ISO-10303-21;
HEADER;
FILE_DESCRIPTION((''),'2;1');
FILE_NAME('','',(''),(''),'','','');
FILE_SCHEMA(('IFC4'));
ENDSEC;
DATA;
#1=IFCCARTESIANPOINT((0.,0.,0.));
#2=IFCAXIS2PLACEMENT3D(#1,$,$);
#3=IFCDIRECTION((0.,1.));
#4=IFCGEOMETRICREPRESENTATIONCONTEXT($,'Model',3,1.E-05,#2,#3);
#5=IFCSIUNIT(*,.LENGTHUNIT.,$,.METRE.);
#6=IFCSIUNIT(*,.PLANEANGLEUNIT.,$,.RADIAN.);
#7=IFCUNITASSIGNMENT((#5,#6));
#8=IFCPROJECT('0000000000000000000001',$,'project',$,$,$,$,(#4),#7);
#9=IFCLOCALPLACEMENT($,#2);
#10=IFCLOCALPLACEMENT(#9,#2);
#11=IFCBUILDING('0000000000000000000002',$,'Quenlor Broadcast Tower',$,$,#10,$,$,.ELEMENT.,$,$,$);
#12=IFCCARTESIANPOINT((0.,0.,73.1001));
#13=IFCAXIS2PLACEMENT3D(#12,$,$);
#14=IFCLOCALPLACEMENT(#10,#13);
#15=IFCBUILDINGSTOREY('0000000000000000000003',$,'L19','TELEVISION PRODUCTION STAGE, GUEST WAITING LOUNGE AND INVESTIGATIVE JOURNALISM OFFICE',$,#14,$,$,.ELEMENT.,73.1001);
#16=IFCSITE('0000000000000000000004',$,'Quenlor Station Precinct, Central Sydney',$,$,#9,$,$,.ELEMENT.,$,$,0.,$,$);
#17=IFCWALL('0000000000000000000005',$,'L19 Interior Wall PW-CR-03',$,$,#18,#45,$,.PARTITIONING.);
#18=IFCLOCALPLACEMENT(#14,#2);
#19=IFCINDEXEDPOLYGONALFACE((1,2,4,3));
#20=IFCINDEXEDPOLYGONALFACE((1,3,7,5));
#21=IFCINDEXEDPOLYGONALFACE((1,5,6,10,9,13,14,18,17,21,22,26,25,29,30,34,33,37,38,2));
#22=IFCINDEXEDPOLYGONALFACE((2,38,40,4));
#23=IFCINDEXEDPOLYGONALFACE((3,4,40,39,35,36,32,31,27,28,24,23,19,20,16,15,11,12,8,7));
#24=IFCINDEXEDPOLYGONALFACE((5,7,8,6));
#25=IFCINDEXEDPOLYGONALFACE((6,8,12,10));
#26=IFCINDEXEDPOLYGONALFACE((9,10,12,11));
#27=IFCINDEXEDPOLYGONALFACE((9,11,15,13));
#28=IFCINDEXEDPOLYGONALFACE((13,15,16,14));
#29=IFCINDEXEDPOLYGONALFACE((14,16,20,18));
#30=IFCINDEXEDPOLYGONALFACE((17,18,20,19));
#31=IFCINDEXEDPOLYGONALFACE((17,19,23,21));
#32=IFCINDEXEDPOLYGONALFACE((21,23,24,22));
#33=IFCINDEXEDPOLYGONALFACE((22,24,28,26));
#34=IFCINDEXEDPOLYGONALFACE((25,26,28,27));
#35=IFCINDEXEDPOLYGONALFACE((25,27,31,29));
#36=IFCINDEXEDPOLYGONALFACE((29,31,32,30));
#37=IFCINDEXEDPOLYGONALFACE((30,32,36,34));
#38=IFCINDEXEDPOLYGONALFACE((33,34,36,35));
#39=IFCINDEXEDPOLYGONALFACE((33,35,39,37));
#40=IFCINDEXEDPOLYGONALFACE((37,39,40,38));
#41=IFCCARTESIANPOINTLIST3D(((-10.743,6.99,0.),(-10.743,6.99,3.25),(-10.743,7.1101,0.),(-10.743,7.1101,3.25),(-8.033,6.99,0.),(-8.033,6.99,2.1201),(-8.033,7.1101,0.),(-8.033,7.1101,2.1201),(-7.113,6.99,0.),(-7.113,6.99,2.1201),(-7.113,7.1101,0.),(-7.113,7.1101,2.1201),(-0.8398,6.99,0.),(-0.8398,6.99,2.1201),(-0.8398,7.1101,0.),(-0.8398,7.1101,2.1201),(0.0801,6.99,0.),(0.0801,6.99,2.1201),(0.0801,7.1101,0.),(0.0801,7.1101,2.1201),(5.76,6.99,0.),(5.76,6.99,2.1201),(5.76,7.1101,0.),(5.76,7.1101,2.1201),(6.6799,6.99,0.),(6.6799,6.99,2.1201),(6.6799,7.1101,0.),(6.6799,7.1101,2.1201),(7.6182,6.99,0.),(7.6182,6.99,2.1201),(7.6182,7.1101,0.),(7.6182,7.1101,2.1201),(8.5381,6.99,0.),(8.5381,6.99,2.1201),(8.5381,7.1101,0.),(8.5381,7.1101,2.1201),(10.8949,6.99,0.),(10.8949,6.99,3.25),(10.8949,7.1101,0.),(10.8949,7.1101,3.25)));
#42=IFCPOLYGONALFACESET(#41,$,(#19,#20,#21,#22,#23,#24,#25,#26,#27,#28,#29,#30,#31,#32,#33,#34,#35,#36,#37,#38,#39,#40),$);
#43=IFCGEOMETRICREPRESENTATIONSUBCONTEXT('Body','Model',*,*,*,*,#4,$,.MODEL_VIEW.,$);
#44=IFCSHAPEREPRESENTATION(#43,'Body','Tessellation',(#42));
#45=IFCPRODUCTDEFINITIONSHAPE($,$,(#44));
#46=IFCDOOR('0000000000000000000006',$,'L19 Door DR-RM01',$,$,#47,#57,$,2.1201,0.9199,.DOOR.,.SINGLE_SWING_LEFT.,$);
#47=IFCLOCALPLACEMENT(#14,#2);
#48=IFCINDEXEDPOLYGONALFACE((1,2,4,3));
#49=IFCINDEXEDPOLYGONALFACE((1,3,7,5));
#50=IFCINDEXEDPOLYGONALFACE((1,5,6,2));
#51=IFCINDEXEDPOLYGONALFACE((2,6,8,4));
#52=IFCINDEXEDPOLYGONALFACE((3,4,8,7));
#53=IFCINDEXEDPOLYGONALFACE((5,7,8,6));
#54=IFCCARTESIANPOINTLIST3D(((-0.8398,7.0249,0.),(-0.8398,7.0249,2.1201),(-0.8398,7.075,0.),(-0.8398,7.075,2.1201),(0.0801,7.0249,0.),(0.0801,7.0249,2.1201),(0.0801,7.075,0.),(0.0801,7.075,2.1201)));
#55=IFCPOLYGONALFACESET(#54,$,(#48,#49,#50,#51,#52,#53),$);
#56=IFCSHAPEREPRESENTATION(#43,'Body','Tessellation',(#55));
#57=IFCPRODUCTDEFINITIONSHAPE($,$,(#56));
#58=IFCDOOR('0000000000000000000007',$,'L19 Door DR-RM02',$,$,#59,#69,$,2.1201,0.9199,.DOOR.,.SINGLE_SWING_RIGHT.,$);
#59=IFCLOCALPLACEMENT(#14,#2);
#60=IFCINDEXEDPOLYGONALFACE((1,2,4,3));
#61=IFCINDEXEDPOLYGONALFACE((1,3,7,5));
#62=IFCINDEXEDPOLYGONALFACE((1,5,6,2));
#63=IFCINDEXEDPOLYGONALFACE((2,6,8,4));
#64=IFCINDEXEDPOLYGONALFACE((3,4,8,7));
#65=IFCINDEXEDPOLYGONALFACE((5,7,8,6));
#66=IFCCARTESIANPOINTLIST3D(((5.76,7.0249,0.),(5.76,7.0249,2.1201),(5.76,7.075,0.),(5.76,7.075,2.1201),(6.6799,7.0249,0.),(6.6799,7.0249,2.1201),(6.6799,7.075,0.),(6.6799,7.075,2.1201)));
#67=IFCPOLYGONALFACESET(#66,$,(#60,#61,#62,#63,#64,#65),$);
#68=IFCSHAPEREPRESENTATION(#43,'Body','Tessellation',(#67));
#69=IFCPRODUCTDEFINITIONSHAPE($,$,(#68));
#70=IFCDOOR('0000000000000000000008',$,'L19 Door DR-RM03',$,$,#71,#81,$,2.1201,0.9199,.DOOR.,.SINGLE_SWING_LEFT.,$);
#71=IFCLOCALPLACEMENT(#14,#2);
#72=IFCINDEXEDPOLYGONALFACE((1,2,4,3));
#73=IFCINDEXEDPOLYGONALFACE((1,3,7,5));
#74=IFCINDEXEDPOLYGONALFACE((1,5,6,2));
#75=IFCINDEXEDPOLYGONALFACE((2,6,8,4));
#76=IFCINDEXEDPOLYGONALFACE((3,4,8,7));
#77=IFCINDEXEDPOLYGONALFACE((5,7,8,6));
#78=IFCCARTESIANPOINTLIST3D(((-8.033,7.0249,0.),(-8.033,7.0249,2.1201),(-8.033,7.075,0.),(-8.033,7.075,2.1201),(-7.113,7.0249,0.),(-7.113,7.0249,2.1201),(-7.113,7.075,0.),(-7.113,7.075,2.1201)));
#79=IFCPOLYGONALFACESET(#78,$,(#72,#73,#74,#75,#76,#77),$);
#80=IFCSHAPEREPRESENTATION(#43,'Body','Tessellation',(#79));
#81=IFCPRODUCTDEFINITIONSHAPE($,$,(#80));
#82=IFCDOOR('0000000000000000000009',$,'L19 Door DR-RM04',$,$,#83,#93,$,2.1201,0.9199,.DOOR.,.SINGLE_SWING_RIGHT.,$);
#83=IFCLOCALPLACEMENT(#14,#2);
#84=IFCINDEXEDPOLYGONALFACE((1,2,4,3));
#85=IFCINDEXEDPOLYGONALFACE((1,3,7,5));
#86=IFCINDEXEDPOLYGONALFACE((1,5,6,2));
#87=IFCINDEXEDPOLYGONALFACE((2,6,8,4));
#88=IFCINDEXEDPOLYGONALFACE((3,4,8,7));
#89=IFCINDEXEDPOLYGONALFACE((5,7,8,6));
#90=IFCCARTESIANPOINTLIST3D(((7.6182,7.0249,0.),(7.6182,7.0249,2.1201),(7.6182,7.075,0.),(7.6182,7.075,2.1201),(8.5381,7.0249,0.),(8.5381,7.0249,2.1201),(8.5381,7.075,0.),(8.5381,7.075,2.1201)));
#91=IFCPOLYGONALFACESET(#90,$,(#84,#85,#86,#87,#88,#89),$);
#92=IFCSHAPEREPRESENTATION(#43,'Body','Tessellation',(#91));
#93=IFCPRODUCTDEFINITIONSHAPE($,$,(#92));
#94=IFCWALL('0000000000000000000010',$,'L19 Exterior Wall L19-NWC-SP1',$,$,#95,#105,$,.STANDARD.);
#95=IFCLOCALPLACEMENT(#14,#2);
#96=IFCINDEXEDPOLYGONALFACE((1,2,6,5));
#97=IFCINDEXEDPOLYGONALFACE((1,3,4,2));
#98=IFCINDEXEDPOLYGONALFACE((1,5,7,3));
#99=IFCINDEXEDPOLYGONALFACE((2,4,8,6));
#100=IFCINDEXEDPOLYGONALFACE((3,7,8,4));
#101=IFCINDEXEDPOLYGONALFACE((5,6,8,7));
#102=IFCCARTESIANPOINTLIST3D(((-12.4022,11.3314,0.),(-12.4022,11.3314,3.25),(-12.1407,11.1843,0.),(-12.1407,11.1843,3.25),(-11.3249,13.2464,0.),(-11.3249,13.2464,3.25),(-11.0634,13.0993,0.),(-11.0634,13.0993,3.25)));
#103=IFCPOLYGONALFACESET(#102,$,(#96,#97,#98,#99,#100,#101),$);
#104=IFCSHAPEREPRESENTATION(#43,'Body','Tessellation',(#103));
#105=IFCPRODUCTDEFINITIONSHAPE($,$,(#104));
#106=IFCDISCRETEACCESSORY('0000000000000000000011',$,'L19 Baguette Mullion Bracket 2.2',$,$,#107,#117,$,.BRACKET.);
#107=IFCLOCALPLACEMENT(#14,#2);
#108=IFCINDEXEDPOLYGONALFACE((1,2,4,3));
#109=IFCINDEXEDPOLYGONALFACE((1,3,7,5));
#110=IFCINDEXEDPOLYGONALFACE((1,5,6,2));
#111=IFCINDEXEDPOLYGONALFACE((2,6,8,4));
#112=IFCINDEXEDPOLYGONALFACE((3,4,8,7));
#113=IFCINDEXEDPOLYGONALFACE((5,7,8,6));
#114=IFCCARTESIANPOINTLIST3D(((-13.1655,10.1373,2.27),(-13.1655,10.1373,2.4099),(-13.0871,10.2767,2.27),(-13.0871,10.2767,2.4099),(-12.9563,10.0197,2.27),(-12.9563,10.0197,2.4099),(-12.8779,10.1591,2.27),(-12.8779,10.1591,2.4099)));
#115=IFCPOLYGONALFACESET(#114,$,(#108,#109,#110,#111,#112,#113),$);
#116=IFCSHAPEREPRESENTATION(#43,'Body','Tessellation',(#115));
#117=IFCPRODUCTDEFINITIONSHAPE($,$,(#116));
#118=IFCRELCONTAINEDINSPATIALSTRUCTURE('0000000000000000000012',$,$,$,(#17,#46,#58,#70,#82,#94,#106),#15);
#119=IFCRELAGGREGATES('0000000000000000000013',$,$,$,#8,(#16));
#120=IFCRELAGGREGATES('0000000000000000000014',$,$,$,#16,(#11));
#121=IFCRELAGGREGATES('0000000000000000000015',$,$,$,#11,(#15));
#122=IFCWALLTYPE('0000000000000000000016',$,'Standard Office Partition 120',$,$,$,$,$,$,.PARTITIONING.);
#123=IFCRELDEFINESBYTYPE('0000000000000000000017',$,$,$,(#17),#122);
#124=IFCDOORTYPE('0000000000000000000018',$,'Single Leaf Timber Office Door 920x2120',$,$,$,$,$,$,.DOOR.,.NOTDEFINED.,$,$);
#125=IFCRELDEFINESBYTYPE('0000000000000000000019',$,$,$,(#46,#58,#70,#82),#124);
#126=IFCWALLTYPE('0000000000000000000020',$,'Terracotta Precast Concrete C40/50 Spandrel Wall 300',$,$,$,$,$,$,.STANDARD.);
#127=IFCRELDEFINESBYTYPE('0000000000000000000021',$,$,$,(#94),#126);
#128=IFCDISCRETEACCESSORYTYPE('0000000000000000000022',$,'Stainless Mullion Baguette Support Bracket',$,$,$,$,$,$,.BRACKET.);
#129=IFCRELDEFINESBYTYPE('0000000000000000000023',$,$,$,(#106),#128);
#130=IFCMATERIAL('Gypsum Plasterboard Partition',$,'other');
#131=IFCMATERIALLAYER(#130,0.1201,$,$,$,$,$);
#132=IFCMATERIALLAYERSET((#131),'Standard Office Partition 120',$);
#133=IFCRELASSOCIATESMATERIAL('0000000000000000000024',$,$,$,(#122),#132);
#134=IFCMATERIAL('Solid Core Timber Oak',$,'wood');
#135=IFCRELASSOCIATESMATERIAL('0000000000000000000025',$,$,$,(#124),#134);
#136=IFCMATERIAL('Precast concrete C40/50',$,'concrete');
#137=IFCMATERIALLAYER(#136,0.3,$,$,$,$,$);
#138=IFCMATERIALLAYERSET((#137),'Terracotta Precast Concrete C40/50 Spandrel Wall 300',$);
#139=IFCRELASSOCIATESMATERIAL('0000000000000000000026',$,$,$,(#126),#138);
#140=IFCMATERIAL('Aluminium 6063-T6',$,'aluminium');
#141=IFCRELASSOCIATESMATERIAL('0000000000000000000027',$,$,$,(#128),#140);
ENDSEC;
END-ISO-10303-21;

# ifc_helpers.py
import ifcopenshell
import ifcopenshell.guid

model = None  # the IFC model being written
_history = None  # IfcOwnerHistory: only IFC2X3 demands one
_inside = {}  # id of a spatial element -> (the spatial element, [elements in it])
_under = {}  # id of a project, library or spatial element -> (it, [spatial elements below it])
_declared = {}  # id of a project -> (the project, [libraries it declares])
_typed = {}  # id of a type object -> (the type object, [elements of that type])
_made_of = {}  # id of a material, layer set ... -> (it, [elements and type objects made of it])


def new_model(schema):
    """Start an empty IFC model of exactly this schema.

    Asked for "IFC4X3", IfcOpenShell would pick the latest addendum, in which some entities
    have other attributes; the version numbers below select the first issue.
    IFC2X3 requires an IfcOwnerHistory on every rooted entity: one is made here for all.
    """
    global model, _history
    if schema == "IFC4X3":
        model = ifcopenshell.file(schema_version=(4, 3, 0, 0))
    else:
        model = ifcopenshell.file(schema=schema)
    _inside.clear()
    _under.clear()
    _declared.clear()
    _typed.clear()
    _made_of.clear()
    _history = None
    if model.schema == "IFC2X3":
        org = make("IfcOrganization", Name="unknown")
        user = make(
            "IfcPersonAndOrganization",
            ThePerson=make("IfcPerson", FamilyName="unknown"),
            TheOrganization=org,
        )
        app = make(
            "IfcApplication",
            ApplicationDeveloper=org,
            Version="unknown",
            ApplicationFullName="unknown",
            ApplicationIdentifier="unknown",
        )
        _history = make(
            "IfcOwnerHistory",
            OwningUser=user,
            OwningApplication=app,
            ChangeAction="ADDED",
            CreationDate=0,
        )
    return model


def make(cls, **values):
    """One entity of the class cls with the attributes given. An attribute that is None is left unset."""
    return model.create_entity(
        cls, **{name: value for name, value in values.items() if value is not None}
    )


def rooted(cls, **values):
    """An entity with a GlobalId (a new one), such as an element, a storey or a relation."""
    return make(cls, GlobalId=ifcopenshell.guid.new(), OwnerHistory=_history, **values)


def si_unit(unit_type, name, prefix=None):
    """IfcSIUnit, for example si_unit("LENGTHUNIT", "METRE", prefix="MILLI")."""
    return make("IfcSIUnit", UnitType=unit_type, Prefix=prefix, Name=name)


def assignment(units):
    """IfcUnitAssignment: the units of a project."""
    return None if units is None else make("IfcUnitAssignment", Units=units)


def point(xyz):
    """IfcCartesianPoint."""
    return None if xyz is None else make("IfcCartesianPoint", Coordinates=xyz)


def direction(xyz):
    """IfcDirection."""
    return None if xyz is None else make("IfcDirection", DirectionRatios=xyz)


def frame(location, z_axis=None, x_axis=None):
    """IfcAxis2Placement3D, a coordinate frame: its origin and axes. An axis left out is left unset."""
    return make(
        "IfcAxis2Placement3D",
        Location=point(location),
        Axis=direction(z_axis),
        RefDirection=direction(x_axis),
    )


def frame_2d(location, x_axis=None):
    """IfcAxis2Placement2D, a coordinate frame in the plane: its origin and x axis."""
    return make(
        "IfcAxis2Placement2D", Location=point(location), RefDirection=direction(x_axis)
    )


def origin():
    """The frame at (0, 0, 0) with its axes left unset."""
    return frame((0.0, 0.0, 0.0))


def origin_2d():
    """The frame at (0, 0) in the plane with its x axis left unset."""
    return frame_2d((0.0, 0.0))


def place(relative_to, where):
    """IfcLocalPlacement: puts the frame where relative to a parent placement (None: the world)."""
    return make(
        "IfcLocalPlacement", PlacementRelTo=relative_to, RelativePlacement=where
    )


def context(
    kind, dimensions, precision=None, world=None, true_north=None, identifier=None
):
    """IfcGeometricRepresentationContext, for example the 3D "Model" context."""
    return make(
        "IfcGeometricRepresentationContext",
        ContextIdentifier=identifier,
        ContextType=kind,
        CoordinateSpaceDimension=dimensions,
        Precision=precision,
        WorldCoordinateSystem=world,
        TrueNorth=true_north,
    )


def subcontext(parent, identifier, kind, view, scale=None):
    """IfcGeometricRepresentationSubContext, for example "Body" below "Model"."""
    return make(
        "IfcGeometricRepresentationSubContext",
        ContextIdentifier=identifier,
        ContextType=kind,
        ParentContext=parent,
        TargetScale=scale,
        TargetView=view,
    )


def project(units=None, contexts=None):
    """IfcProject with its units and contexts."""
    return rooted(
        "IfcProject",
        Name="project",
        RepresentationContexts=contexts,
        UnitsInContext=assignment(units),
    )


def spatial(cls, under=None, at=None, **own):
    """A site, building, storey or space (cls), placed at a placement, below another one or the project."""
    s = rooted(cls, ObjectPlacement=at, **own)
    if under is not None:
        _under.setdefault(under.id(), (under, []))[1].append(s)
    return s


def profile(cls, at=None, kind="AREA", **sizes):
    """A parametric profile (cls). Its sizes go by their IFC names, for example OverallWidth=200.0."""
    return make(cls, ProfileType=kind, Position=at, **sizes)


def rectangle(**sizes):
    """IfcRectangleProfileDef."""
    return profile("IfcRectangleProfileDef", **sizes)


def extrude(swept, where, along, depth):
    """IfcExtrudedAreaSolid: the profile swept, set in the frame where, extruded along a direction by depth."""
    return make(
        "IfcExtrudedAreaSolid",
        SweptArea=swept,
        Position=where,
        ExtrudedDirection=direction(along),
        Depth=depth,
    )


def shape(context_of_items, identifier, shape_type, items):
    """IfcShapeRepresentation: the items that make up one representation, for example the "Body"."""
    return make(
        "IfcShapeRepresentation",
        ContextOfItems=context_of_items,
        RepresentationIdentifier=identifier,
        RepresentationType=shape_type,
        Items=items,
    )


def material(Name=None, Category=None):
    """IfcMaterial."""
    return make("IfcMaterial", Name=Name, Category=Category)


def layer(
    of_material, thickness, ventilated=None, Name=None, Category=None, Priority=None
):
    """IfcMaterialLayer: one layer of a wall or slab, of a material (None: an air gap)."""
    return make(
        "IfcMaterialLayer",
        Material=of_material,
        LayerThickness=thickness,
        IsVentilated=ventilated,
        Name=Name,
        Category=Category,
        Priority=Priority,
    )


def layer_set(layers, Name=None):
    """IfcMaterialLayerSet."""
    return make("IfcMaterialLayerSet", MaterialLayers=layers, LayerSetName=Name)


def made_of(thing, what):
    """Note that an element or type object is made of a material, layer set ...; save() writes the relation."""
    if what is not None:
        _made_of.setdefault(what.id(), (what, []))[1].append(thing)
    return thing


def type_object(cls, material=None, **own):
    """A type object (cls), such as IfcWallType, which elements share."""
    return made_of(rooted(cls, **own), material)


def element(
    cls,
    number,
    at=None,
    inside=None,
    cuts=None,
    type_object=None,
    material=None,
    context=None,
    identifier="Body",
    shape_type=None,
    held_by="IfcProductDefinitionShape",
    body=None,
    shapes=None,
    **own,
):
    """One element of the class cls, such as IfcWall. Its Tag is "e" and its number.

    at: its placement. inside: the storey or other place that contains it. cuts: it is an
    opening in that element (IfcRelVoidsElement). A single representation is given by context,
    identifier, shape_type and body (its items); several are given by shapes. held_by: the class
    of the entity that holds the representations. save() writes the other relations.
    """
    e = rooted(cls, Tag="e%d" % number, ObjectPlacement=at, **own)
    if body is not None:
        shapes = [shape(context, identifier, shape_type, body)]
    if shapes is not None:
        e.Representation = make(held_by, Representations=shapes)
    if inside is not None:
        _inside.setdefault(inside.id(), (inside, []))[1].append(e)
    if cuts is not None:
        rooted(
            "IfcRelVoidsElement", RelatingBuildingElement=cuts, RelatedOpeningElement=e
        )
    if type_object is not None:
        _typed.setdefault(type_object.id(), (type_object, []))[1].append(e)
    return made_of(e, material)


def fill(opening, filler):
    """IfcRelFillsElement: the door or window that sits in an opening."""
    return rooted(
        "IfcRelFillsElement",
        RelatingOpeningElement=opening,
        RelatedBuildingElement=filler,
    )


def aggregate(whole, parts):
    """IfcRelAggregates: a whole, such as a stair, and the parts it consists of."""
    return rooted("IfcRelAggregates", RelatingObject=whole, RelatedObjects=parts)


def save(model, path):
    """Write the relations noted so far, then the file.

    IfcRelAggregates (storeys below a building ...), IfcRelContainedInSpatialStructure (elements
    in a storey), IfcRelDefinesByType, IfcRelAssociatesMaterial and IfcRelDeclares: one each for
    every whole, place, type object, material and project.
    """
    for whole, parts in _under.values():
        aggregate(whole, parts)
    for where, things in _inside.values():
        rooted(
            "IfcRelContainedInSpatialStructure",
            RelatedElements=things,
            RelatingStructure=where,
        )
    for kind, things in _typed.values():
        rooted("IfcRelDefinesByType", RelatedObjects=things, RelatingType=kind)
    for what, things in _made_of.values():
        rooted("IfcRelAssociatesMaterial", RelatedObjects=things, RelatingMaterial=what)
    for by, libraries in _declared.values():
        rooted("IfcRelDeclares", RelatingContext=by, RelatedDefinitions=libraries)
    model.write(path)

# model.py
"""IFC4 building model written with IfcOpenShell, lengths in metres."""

from ifc_helpers import new_model, si_unit, direction, frame, frame_2d, origin, origin_2d, place, context, subcontext, project, spatial, rectangle, extrude, material, layer, layer_set, type_object, element, fill, save


model = new_model("IFC4")

# Units and contexts
model_context = context("Model", 3, precision=1e-05, world=origin(), true_north=direction((0.0, 1.0)))
body_context = subcontext(model_context, "Body", "Model", "MODEL_VIEW")
ifc_project = project(units=[si_unit("LENGTHUNIT", "METRE"), si_unit("PLANEANGLEUNIT", "RADIAN")], contexts=[model_context])

# Site, building, storey
site_placement = place(None, origin())
site = spatial("IfcSite", under=ifc_project, at=site_placement, Name="Quenlor Station Precinct, Central Sydney", CompositionType="ELEMENT", RefElevation=0.0)
building_placement = place(site_placement, origin())
building = spatial("IfcBuilding", under=site, at=building_placement, Name="Quenlor Broadcast Tower", CompositionType="ELEMENT")
storey_placement = place(building_placement, frame((0.0, 0.0, 73.1001)))
storey = spatial("IfcBuildingStorey", under=building, at=storey_placement, Name="L19", Description="TELEVISION PRODUCTION STAGE, GUEST WAITING LOUNGE AND INVESTIGATIVE JOURNALISM OFFICE", CompositionType="ELEMENT", Elevation=73.1001)

# Wall, openings, doors
ifc_material_1 = material(Name="Gypsum Plasterboard Partition", Category="other")
ifc_layer_1 = layer(ifc_material_1, 0.1201)
ifc_layer_set_1 = layer_set([ifc_layer_1], Name="Standard Office Partition 120")
wall_type_1 = type_object("IfcWallType", Name="Standard Office Partition 120", PredefinedType="PARTITIONING", material=ifc_layer_set_1)
wall_1_placement = place(storey_placement, frame((-10.7429, 7.05, 0.0), z_axis=(0.0, 0.0, 1.0), x_axis=(1.0, 0.0, 0.0)))
wall_1 = element("IfcWall", 1, at=wall_1_placement, inside=storey, type_object=wall_type_1, Name="L19 Interior Wall PW-CR-03", PredefinedType="PARTITIONING", context=body_context, shape_type="SweptSolid", body=[
    extrude(rectangle(XDim=21.6379, YDim=0.1201, at=frame_2d((10.8188, 0.0))), origin(), (0.0, 0.0, 1.0), 3.25),
])
opening_1_placement = place(wall_1_placement, frame((9.9031, 0.0, 0.0)))
opening_1 = element("IfcOpeningElement", 2, at=opening_1_placement, cuts=wall_1, PredefinedType="OPENING", context=body_context, shape_type="SweptSolid", body=[
    extrude(rectangle(XDim=0.9199, YDim=2.1201, at=frame_2d((0.46, 1.0601))), frame((0.0, 0.0701, 0.0), z_axis=(0.0, -1.0, 0.0), x_axis=(1.0, 0.0, 0.0)), (0.0, 0.0, 1.0), 0.1401),
])
opening_2_placement = place(wall_1_placement, frame((16.5029, 0.0, 0.0)))
opening_2 = element("IfcOpeningElement", 3, at=opening_2_placement, cuts=wall_1, PredefinedType="OPENING", context=body_context, shape_type="SweptSolid", body=[
    extrude(rectangle(XDim=0.9199, YDim=2.1201, at=frame_2d((0.46, 1.0601))), frame((0.0, 0.0701, 0.0), z_axis=(0.0, -1.0, 0.0), x_axis=(1.0, 0.0, 0.0)), (0.0, 0.0, 1.0), 0.1401),
])
opening_3_placement = place(wall_1_placement, frame((2.71, 0.0, 0.0)))
opening_3 = element("IfcOpeningElement", 4, at=opening_3_placement, cuts=wall_1, PredefinedType="OPENING", context=body_context, shape_type="SweptSolid", body=[
    extrude(rectangle(XDim=0.9199, YDim=2.1201, at=frame_2d((0.46, 1.0601))), frame((0.0, 0.0701, 0.0), z_axis=(0.0, -1.0, 0.0), x_axis=(1.0, 0.0, 0.0)), (0.0, 0.0, 1.0), 0.1401),
])
opening_4_placement = place(wall_1_placement, frame((18.3611, 0.0, 0.0)))
opening_4 = element("IfcOpeningElement", 5, at=opening_4_placement, cuts=wall_1, PredefinedType="OPENING", context=body_context, shape_type="SweptSolid", body=[
    extrude(rectangle(XDim=0.9199, YDim=2.1201, at=frame_2d((0.46, 1.0601))), frame((0.0, 0.0701, 0.0), z_axis=(0.0, -1.0, 0.0), x_axis=(1.0, 0.0, 0.0)), (0.0, 0.0, 1.0), 0.1401),
])
ifc_material_2 = material(Name="Solid Core Timber Oak", Category="wood")
door_type = type_object("IfcDoorType", Name="Single Leaf Timber Office Door 920x2120", OperationType="NOTDEFINED", PredefinedType="DOOR", material=ifc_material_2)
door_1_placement = place(opening_1_placement, origin())
door_1 = element("IfcDoor", 6, at=door_1_placement, inside=storey, type_object=door_type, Name="L19 Door DR-RM01", OperationType="SINGLE_SWING_LEFT", OverallHeight=2.1201, OverallWidth=0.9199, PredefinedType="DOOR", context=body_context, shape_type="SweptSolid", body=[
    extrude(rectangle(XDim=0.9199, YDim=2.1201, at=frame_2d((0.46, 1.0601))), frame((0.0, 0.0249, 0.0), z_axis=(0.0, -1.0, 0.0), x_axis=(1.0, 0.0, 0.0)), (0.0, 0.0, 1.0), 0.05),
])
fill(opening_1, door_1)
door_2_placement = place(opening_2_placement, origin())
door_2 = element("IfcDoor", 7, at=door_2_placement, inside=storey, type_object=door_type, Name="L19 Door DR-RM02", OperationType="SINGLE_SWING_RIGHT", OverallHeight=2.1201, OverallWidth=0.9199, PredefinedType="DOOR", context=body_context, shape_type="SweptSolid", body=[
    extrude(rectangle(XDim=0.9199, YDim=2.1201, at=frame_2d((0.46, 1.0601))), frame((0.0, 0.0249, 0.0), z_axis=(0.0, -1.0, 0.0), x_axis=(1.0, 0.0, 0.0)), (0.0, 0.0, 1.0), 0.05),
])
fill(opening_2, door_2)
door_3_placement = place(opening_3_placement, origin())
door_3 = element("IfcDoor", 8, at=door_3_placement, inside=storey, type_object=door_type, Name="L19 Door DR-RM03", OperationType="SINGLE_SWING_LEFT", OverallHeight=2.1201, OverallWidth=0.9199, PredefinedType="DOOR", context=body_context, shape_type="SweptSolid", body=[
    extrude(rectangle(XDim=0.9199, YDim=2.1201, at=frame_2d((0.46, 1.0601))), frame((0.0, 0.0249, 0.0), z_axis=(0.0, -1.0, 0.0), x_axis=(1.0, 0.0, 0.0)), (0.0, 0.0, 1.0), 0.05),
])
fill(opening_3, door_3)
door_4_placement = place(opening_4_placement, origin())
door_4 = element("IfcDoor", 9, at=door_4_placement, inside=storey, type_object=door_type, Name="L19 Door DR-RM04", OperationType="SINGLE_SWING_RIGHT", OverallHeight=2.1201, OverallWidth=0.9199, PredefinedType="DOOR", context=body_context, shape_type="SweptSolid", body=[
    extrude(rectangle(XDim=0.9199, YDim=2.1201, at=frame_2d((0.46, 1.0601))), frame((0.0, 0.0249, 0.0), z_axis=(0.0, -1.0, 0.0), x_axis=(1.0, 0.0, 0.0)), (0.0, 0.0, 1.0), 0.05),
])
fill(opening_4, door_4)

# Wall
ifc_material_3 = material(Name="Precast concrete C40/50", Category="concrete")
ifc_layer_2 = layer(ifc_material_3, 0.3)
ifc_layer_set_2 = layer_set([ifc_layer_2], Name="Terracotta Precast Concrete C40/50 Spandrel Wall 300")
wall_type_2 = type_object("IfcWallType", Name="Terracotta Precast Concrete C40/50 Spandrel Wall 300", PredefinedType="STANDARD", material=ifc_layer_set_2)
wall_2_placement = place(storey_placement, frame((-12.2715, 11.2578, 0.0), z_axis=(0.0, 0.0, 1.0), x_axis=(0.490325, 0.87154, 0.0)))
element("IfcWall", 10, at=wall_2_placement, inside=storey, type_object=wall_type_2, Name="L19 Exterior Wall L19-NWC-SP1", PredefinedType="STANDARD", context=body_context, shape_type="SweptSolid", body=[
    extrude(rectangle(XDim=2.1973, YDim=0.3, at=frame_2d((1.0986, 0.0))), origin(), (0.0, 0.0, 1.0), 3.25),
])

# Discrete accessory
ifc_material_4 = material(Name="Aluminium 6063-T6", Category="aluminium")
discrete_accessory_type = type_object("IfcDiscreteAccessoryType", Name="Stainless Mullion Baguette Support Bracket", PredefinedType="BRACKET", material=ifc_material_4)
discrete_accessory_placement = place(storey_placement, frame((-13.0217, 10.1482, 2.27), z_axis=(0.0, 0.0, 1.0), x_axis=(0.490274, 0.871568, 0.0)))
element("IfcDiscreteAccessory", 11, at=discrete_accessory_placement, inside=storey, type_object=discrete_accessory_type, Name="L19 Baguette Mullion Bracket 2.2", PredefinedType="BRACKET", context=body_context, shape_type="SweptSolid", body=[
    extrude(rectangle(XDim=0.1599, YDim=0.24, at=origin_2d()), origin(), (0.0, 0.0, 1.0), 0.1399),
])

save(model, "model.ifc")
